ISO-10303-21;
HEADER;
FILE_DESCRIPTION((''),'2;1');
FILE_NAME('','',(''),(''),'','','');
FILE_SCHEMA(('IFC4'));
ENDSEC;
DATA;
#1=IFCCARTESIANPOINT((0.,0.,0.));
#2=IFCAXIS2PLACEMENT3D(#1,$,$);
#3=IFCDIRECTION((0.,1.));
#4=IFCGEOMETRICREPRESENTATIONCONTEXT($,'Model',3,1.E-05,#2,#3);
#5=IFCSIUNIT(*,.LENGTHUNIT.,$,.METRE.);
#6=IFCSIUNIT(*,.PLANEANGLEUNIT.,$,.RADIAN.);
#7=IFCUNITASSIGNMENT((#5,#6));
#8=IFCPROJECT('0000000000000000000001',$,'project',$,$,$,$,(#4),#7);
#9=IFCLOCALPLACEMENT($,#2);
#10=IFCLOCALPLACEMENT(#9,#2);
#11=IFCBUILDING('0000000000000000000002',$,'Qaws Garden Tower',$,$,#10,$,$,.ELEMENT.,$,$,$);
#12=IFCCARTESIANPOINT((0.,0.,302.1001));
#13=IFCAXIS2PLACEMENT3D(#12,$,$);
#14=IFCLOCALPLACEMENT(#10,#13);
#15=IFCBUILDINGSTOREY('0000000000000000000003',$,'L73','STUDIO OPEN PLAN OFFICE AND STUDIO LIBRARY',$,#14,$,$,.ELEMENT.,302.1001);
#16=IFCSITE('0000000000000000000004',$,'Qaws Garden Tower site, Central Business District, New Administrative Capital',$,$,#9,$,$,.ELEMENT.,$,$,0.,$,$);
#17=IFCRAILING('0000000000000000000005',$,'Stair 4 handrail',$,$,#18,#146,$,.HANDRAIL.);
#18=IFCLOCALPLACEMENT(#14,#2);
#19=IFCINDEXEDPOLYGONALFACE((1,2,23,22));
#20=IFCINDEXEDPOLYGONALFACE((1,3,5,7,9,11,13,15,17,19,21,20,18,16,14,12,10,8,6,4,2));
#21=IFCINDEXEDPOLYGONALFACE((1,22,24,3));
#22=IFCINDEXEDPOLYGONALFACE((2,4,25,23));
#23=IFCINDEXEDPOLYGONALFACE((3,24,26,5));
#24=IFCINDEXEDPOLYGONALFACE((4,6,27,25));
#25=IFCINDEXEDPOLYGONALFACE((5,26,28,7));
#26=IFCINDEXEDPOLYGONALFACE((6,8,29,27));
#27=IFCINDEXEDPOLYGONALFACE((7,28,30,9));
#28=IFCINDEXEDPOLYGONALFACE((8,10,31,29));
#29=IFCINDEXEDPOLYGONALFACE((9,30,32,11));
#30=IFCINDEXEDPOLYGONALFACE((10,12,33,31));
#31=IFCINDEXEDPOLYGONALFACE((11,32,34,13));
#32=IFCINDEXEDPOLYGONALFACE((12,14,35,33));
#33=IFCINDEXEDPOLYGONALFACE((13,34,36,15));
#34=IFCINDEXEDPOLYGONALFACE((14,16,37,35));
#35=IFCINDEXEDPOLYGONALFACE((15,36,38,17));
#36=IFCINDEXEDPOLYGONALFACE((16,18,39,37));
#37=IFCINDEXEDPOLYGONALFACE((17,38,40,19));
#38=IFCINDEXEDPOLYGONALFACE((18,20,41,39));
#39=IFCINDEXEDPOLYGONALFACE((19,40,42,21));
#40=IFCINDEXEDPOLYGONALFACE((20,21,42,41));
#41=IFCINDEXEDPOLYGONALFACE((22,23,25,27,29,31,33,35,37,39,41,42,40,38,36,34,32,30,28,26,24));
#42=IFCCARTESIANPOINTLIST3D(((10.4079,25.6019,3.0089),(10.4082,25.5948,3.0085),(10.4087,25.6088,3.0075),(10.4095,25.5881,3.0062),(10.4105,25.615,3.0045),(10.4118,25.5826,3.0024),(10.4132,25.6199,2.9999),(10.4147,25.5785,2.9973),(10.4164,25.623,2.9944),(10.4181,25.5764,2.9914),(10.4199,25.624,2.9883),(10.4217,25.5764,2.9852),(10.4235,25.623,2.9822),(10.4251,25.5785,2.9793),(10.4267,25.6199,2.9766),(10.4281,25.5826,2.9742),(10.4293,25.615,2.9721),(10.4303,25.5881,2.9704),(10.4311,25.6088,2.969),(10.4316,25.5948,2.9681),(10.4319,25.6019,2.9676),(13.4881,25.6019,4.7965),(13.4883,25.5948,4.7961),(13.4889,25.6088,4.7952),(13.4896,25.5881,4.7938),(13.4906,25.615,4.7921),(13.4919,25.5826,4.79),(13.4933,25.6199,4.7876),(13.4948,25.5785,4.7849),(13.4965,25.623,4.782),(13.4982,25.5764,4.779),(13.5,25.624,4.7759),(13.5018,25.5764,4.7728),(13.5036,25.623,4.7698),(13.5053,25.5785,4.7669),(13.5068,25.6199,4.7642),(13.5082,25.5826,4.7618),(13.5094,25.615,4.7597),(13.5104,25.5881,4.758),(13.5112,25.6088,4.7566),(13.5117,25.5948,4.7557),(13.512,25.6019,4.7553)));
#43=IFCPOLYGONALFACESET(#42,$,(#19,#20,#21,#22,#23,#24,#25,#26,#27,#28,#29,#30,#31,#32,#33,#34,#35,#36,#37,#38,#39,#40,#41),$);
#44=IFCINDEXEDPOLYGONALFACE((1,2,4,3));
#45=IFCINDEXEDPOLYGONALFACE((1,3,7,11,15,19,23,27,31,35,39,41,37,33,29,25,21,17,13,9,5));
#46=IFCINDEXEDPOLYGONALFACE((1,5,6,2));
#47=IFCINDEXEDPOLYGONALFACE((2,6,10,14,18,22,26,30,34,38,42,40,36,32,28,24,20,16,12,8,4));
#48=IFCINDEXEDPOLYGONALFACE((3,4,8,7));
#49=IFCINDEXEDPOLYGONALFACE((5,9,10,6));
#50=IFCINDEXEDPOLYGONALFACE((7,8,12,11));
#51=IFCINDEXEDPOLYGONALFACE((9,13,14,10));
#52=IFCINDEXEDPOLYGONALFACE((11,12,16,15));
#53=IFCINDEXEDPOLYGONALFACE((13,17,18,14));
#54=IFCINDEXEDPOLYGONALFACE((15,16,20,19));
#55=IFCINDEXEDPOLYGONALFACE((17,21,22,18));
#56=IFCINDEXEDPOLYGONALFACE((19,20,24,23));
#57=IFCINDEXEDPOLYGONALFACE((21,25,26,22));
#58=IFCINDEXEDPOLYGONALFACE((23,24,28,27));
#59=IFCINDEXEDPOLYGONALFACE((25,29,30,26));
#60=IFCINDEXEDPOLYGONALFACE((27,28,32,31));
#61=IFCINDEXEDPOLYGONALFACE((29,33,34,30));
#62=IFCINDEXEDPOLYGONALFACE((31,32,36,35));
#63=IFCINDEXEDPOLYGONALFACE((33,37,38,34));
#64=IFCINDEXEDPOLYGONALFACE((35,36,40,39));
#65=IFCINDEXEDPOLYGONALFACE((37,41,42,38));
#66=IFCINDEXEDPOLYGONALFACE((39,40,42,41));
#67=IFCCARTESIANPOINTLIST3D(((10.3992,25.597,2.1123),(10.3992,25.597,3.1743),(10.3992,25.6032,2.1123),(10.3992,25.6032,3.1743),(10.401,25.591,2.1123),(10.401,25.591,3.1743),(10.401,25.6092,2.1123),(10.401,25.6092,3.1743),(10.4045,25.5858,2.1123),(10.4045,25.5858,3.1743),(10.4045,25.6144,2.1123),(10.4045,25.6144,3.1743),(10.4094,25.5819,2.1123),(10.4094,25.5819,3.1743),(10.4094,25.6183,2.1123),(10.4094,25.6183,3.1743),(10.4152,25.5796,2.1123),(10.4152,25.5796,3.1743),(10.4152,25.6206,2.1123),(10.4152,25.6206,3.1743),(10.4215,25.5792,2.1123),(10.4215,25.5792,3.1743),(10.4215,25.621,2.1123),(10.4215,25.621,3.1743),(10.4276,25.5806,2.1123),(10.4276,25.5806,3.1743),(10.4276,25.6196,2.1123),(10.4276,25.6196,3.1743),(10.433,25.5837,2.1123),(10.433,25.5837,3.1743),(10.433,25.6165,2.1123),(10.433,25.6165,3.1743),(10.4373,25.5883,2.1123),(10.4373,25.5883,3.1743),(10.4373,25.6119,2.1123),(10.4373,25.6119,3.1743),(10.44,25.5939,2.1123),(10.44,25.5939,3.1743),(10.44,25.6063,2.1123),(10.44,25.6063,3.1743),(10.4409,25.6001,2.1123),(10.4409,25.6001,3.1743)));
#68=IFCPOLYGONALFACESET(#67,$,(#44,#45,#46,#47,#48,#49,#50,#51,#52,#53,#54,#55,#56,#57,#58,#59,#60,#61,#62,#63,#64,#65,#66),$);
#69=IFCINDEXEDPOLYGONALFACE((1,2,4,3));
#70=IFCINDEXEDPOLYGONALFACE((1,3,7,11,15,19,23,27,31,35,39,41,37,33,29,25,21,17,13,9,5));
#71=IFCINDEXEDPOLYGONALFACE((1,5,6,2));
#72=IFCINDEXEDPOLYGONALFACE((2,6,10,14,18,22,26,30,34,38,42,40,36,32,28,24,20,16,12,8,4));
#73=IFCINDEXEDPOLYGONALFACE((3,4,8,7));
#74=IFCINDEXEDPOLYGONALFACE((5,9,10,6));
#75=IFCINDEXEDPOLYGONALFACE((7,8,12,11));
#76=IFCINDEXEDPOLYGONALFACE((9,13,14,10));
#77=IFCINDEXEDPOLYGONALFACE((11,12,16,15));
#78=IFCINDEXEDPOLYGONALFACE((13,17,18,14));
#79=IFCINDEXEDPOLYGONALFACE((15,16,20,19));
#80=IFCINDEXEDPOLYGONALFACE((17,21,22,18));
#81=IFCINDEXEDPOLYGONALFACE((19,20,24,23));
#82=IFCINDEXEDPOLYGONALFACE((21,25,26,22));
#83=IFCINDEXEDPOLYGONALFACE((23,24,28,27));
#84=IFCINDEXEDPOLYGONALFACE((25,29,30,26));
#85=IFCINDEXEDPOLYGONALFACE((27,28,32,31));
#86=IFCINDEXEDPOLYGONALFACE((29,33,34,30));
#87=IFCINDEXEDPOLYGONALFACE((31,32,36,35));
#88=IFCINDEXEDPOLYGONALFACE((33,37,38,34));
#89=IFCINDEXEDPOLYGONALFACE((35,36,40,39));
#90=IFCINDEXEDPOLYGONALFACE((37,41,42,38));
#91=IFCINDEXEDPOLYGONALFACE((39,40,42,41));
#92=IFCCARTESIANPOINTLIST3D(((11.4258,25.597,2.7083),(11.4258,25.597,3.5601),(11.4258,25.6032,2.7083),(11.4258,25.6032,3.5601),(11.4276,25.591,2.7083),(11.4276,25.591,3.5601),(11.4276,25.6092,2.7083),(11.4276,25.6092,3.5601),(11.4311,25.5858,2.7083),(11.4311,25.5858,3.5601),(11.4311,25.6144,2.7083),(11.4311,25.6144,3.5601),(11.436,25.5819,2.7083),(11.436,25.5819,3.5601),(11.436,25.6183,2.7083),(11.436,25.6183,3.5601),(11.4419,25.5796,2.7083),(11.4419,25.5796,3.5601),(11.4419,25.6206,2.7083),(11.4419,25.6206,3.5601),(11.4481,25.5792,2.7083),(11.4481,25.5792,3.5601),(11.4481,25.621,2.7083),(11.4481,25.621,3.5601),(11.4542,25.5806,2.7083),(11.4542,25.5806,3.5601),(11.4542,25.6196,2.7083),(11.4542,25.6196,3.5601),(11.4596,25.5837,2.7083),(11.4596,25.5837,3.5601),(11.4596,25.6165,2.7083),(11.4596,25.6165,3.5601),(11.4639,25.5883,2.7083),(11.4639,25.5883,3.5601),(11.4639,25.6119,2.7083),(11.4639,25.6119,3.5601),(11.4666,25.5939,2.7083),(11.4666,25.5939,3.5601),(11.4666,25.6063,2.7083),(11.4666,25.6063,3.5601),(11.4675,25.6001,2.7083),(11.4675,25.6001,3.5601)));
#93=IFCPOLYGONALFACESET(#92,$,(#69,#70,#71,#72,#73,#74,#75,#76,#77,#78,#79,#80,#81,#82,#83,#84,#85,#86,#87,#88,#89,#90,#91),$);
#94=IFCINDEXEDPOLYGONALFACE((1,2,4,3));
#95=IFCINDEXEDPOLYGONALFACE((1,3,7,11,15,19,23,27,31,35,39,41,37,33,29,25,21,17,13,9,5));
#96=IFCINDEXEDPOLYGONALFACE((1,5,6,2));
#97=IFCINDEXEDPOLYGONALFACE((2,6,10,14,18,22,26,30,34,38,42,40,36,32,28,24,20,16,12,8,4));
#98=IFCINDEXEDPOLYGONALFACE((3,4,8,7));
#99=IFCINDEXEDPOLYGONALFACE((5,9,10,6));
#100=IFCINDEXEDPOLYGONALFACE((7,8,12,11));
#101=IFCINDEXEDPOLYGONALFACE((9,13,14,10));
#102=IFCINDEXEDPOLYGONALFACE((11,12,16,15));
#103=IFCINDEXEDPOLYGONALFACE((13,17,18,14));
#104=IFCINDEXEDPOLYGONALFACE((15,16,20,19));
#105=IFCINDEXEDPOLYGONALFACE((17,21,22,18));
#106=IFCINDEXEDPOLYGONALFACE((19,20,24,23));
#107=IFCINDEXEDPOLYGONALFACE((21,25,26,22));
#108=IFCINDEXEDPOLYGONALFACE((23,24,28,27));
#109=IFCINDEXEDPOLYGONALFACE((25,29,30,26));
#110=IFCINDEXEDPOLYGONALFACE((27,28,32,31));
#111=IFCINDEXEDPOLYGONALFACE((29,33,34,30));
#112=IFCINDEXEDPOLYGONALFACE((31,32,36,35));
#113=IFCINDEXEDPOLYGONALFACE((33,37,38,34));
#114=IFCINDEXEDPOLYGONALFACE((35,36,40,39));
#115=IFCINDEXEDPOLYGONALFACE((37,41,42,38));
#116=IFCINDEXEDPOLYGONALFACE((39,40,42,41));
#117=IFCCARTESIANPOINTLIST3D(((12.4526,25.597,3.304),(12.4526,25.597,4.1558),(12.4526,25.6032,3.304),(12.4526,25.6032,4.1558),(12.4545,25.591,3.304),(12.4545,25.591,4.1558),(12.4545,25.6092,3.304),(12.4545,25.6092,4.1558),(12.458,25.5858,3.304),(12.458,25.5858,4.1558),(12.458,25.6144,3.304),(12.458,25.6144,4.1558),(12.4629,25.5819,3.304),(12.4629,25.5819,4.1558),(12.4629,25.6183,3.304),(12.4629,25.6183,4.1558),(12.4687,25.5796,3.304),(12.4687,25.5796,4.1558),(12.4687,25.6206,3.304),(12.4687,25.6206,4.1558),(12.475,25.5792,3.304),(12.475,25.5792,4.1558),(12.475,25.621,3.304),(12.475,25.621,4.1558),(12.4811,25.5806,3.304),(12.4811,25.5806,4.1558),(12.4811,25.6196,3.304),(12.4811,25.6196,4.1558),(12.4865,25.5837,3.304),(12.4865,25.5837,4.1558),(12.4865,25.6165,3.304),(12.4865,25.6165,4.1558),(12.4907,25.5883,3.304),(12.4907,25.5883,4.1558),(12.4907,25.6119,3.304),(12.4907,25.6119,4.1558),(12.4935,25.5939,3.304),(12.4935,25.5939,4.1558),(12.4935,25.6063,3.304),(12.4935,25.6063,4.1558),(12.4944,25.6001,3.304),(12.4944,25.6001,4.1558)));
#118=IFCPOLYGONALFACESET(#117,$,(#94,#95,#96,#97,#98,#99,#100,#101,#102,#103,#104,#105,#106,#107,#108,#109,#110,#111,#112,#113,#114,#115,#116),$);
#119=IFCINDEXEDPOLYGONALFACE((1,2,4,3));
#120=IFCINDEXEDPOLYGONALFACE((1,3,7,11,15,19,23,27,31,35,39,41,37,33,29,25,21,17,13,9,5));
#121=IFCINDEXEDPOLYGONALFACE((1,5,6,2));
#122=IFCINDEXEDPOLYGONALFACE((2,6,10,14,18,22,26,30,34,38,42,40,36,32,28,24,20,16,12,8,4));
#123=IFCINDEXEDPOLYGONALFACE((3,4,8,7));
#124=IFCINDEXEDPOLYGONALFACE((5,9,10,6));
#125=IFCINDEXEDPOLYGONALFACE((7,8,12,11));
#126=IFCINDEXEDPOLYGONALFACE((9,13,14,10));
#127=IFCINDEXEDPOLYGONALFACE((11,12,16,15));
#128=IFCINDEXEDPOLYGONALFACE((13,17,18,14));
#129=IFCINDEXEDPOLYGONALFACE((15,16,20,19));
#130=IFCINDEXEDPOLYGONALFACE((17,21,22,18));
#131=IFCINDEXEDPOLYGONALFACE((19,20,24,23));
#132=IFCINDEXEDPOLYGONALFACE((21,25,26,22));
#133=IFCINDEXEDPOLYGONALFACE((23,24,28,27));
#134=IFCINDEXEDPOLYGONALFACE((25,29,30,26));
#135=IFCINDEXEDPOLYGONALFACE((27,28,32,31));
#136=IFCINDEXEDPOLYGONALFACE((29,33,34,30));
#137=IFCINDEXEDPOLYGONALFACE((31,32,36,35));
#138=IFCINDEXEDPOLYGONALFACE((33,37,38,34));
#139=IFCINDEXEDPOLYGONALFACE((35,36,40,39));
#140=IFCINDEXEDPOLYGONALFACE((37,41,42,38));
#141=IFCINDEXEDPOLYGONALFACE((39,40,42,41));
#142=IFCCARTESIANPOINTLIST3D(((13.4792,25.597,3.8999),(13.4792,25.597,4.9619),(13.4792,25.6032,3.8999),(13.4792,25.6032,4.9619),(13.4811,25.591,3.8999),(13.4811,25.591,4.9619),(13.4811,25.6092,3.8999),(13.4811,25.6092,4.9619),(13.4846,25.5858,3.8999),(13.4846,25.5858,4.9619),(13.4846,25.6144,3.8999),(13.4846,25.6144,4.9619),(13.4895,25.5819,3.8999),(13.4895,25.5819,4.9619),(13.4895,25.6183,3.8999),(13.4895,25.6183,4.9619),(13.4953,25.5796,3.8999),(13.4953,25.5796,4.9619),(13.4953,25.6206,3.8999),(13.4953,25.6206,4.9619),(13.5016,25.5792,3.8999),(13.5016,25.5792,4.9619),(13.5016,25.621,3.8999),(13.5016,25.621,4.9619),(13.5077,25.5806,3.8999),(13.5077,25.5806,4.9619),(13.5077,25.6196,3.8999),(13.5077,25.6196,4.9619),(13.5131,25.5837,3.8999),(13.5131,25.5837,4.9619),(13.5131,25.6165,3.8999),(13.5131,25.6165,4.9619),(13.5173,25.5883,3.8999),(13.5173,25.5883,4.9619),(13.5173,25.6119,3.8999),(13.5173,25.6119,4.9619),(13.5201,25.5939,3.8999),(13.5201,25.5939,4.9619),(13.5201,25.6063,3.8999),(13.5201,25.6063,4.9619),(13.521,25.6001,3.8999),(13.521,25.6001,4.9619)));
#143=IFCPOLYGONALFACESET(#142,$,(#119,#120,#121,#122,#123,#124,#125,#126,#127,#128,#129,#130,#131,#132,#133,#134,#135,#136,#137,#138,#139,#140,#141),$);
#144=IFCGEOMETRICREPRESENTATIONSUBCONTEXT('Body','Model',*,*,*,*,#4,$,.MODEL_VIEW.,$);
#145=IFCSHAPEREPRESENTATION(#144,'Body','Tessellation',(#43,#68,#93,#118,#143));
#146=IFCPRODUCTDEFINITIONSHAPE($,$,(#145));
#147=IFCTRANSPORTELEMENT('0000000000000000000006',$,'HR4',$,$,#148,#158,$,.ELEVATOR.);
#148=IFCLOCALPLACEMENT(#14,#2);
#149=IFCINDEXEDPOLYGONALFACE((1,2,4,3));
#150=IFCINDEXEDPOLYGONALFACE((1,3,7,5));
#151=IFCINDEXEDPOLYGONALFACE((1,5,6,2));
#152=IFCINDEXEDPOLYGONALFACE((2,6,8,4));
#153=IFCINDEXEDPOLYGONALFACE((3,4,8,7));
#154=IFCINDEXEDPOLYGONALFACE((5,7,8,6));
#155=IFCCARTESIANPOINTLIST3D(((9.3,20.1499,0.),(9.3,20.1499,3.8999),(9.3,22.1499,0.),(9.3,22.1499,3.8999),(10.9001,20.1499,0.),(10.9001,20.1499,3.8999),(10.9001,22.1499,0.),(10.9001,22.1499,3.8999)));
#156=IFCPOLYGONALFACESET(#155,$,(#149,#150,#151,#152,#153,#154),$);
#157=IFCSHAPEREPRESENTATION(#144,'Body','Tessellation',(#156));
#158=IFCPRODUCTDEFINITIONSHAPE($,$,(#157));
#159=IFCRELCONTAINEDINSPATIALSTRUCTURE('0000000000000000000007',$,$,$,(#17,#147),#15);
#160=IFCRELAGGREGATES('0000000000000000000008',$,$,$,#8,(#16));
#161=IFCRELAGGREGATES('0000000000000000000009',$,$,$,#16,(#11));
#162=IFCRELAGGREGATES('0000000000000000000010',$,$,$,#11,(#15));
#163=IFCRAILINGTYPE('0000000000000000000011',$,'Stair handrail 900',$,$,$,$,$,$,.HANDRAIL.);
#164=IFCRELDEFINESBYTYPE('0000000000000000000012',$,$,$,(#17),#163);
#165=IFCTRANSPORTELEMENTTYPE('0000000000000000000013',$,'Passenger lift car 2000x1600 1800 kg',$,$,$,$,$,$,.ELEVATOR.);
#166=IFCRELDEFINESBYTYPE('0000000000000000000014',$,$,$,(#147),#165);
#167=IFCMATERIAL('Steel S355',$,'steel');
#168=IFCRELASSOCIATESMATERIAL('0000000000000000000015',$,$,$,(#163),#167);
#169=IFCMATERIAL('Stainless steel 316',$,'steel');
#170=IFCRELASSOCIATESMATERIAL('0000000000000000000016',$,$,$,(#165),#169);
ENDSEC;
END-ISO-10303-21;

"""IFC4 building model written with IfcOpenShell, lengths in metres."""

from ifc_helpers import new_model, si_unit, direction, frame, origin, origin_2d, place, context, subcontext, project, spatial, rectangle, circle, extrude, material, type_object, element, save


model = new_model("IFC4")

# Units and contexts
model_context = context("Model", 3, precision=1e-05, world=origin(), true_north=direction((0.0, 1.0)))
body_context = subcontext(model_context, "Body", "Model", "MODEL_VIEW")
ifc_project = project(units=[si_unit("LENGTHUNIT", "METRE"), si_unit("PLANEANGLEUNIT", "RADIAN")], contexts=[model_context])

# Site, building, storey
site_placement = place(None, origin())
site = spatial("IfcSite", under=ifc_project, at=site_placement, Name="Qaws Garden Tower site, Central Business District, New Administrative Capital", CompositionType="ELEMENT", RefElevation=0.0)
building_placement = place(site_placement, origin())
building = spatial("IfcBuilding", under=site, at=building_placement, Name="Qaws Garden Tower", CompositionType="ELEMENT")
storey_placement = place(building_placement, frame((0.0, 0.0, 302.1001)))
storey = spatial("IfcBuildingStorey", under=building, at=storey_placement, Name="L73", Description="STUDIO OPEN PLAN OFFICE AND STUDIO LIBRARY", CompositionType="ELEMENT", Elevation=302.1001)

# Railing
ifc_material_1 = material(Name="Steel S355", Category="steel")
railing_type = type_object("IfcRailingType", Name="Stair handrail 900", PredefinedType="HANDRAIL", material=ifc_material_1)
railing_1_placement = place(storey_placement, frame((10.4199, 25.6001, 2.1123)))
element("IfcRailing", 1, at=railing_1_placement, inside=storey, type_object=railing_type, Name="Stair 4 handrail", PredefinedType="HANDRAIL", context=body_context, shape_type="SweptSolid", body=[
    extrude(circle(Radius=0.0239, at=origin_2d()), frame((0.0, 0.0, 0.876), z_axis=(0.864891, 0.0, 0.50196), x_axis=(0.0, 1.0, 0.0)), (0.0, 0.0, 1.0), 3.5613),
    extrude(circle(Radius=0.021, at=origin_2d()), origin(), (0.0, 0.0, 1.0), 1.062),
    extrude(circle(Radius=0.021, at=origin_2d()), frame((1.0266, 0.0, 0.5959)), (0.0, 0.0, 1.0), 0.8518),
    extrude(circle(Radius=0.021, at=origin_2d()), frame((2.0535, 0.0, 1.1917)), (0.0, 0.0, 1.0), 0.8518),
    extrude(circle(Radius=0.021, at=origin_2d()), frame((3.0801, 0.0, 1.7876)), (0.0, 0.0, 1.0), 1.062),
])

# Transport element
ifc_material_2 = material(Name="Stainless steel 316", Category="steel")
transport_element_type = type_object("IfcTransportElementType", Name="Passenger lift car 2000x1600 1800 kg", PredefinedType="ELEVATOR", material=ifc_material_2)
transport_element_placement = place(storey_placement, frame((10.1001, 21.1499, 0.0), z_axis=(0.0, 0.0, 1.0), x_axis=(1.0, 0.0, 0.0)))
element("IfcTransportElement", 2, at=transport_element_placement, inside=storey, type_object=transport_element_type, Name="HR4", PredefinedType="ELEVATOR", context=body_context, shape_type="SweptSolid", body=[
    extrude(rectangle(XDim=1.6001, YDim=2.0, at=origin_2d()), origin(), (0.0, 0.0, 1.0), 3.8999),
])

save(model, "model.ifc")
